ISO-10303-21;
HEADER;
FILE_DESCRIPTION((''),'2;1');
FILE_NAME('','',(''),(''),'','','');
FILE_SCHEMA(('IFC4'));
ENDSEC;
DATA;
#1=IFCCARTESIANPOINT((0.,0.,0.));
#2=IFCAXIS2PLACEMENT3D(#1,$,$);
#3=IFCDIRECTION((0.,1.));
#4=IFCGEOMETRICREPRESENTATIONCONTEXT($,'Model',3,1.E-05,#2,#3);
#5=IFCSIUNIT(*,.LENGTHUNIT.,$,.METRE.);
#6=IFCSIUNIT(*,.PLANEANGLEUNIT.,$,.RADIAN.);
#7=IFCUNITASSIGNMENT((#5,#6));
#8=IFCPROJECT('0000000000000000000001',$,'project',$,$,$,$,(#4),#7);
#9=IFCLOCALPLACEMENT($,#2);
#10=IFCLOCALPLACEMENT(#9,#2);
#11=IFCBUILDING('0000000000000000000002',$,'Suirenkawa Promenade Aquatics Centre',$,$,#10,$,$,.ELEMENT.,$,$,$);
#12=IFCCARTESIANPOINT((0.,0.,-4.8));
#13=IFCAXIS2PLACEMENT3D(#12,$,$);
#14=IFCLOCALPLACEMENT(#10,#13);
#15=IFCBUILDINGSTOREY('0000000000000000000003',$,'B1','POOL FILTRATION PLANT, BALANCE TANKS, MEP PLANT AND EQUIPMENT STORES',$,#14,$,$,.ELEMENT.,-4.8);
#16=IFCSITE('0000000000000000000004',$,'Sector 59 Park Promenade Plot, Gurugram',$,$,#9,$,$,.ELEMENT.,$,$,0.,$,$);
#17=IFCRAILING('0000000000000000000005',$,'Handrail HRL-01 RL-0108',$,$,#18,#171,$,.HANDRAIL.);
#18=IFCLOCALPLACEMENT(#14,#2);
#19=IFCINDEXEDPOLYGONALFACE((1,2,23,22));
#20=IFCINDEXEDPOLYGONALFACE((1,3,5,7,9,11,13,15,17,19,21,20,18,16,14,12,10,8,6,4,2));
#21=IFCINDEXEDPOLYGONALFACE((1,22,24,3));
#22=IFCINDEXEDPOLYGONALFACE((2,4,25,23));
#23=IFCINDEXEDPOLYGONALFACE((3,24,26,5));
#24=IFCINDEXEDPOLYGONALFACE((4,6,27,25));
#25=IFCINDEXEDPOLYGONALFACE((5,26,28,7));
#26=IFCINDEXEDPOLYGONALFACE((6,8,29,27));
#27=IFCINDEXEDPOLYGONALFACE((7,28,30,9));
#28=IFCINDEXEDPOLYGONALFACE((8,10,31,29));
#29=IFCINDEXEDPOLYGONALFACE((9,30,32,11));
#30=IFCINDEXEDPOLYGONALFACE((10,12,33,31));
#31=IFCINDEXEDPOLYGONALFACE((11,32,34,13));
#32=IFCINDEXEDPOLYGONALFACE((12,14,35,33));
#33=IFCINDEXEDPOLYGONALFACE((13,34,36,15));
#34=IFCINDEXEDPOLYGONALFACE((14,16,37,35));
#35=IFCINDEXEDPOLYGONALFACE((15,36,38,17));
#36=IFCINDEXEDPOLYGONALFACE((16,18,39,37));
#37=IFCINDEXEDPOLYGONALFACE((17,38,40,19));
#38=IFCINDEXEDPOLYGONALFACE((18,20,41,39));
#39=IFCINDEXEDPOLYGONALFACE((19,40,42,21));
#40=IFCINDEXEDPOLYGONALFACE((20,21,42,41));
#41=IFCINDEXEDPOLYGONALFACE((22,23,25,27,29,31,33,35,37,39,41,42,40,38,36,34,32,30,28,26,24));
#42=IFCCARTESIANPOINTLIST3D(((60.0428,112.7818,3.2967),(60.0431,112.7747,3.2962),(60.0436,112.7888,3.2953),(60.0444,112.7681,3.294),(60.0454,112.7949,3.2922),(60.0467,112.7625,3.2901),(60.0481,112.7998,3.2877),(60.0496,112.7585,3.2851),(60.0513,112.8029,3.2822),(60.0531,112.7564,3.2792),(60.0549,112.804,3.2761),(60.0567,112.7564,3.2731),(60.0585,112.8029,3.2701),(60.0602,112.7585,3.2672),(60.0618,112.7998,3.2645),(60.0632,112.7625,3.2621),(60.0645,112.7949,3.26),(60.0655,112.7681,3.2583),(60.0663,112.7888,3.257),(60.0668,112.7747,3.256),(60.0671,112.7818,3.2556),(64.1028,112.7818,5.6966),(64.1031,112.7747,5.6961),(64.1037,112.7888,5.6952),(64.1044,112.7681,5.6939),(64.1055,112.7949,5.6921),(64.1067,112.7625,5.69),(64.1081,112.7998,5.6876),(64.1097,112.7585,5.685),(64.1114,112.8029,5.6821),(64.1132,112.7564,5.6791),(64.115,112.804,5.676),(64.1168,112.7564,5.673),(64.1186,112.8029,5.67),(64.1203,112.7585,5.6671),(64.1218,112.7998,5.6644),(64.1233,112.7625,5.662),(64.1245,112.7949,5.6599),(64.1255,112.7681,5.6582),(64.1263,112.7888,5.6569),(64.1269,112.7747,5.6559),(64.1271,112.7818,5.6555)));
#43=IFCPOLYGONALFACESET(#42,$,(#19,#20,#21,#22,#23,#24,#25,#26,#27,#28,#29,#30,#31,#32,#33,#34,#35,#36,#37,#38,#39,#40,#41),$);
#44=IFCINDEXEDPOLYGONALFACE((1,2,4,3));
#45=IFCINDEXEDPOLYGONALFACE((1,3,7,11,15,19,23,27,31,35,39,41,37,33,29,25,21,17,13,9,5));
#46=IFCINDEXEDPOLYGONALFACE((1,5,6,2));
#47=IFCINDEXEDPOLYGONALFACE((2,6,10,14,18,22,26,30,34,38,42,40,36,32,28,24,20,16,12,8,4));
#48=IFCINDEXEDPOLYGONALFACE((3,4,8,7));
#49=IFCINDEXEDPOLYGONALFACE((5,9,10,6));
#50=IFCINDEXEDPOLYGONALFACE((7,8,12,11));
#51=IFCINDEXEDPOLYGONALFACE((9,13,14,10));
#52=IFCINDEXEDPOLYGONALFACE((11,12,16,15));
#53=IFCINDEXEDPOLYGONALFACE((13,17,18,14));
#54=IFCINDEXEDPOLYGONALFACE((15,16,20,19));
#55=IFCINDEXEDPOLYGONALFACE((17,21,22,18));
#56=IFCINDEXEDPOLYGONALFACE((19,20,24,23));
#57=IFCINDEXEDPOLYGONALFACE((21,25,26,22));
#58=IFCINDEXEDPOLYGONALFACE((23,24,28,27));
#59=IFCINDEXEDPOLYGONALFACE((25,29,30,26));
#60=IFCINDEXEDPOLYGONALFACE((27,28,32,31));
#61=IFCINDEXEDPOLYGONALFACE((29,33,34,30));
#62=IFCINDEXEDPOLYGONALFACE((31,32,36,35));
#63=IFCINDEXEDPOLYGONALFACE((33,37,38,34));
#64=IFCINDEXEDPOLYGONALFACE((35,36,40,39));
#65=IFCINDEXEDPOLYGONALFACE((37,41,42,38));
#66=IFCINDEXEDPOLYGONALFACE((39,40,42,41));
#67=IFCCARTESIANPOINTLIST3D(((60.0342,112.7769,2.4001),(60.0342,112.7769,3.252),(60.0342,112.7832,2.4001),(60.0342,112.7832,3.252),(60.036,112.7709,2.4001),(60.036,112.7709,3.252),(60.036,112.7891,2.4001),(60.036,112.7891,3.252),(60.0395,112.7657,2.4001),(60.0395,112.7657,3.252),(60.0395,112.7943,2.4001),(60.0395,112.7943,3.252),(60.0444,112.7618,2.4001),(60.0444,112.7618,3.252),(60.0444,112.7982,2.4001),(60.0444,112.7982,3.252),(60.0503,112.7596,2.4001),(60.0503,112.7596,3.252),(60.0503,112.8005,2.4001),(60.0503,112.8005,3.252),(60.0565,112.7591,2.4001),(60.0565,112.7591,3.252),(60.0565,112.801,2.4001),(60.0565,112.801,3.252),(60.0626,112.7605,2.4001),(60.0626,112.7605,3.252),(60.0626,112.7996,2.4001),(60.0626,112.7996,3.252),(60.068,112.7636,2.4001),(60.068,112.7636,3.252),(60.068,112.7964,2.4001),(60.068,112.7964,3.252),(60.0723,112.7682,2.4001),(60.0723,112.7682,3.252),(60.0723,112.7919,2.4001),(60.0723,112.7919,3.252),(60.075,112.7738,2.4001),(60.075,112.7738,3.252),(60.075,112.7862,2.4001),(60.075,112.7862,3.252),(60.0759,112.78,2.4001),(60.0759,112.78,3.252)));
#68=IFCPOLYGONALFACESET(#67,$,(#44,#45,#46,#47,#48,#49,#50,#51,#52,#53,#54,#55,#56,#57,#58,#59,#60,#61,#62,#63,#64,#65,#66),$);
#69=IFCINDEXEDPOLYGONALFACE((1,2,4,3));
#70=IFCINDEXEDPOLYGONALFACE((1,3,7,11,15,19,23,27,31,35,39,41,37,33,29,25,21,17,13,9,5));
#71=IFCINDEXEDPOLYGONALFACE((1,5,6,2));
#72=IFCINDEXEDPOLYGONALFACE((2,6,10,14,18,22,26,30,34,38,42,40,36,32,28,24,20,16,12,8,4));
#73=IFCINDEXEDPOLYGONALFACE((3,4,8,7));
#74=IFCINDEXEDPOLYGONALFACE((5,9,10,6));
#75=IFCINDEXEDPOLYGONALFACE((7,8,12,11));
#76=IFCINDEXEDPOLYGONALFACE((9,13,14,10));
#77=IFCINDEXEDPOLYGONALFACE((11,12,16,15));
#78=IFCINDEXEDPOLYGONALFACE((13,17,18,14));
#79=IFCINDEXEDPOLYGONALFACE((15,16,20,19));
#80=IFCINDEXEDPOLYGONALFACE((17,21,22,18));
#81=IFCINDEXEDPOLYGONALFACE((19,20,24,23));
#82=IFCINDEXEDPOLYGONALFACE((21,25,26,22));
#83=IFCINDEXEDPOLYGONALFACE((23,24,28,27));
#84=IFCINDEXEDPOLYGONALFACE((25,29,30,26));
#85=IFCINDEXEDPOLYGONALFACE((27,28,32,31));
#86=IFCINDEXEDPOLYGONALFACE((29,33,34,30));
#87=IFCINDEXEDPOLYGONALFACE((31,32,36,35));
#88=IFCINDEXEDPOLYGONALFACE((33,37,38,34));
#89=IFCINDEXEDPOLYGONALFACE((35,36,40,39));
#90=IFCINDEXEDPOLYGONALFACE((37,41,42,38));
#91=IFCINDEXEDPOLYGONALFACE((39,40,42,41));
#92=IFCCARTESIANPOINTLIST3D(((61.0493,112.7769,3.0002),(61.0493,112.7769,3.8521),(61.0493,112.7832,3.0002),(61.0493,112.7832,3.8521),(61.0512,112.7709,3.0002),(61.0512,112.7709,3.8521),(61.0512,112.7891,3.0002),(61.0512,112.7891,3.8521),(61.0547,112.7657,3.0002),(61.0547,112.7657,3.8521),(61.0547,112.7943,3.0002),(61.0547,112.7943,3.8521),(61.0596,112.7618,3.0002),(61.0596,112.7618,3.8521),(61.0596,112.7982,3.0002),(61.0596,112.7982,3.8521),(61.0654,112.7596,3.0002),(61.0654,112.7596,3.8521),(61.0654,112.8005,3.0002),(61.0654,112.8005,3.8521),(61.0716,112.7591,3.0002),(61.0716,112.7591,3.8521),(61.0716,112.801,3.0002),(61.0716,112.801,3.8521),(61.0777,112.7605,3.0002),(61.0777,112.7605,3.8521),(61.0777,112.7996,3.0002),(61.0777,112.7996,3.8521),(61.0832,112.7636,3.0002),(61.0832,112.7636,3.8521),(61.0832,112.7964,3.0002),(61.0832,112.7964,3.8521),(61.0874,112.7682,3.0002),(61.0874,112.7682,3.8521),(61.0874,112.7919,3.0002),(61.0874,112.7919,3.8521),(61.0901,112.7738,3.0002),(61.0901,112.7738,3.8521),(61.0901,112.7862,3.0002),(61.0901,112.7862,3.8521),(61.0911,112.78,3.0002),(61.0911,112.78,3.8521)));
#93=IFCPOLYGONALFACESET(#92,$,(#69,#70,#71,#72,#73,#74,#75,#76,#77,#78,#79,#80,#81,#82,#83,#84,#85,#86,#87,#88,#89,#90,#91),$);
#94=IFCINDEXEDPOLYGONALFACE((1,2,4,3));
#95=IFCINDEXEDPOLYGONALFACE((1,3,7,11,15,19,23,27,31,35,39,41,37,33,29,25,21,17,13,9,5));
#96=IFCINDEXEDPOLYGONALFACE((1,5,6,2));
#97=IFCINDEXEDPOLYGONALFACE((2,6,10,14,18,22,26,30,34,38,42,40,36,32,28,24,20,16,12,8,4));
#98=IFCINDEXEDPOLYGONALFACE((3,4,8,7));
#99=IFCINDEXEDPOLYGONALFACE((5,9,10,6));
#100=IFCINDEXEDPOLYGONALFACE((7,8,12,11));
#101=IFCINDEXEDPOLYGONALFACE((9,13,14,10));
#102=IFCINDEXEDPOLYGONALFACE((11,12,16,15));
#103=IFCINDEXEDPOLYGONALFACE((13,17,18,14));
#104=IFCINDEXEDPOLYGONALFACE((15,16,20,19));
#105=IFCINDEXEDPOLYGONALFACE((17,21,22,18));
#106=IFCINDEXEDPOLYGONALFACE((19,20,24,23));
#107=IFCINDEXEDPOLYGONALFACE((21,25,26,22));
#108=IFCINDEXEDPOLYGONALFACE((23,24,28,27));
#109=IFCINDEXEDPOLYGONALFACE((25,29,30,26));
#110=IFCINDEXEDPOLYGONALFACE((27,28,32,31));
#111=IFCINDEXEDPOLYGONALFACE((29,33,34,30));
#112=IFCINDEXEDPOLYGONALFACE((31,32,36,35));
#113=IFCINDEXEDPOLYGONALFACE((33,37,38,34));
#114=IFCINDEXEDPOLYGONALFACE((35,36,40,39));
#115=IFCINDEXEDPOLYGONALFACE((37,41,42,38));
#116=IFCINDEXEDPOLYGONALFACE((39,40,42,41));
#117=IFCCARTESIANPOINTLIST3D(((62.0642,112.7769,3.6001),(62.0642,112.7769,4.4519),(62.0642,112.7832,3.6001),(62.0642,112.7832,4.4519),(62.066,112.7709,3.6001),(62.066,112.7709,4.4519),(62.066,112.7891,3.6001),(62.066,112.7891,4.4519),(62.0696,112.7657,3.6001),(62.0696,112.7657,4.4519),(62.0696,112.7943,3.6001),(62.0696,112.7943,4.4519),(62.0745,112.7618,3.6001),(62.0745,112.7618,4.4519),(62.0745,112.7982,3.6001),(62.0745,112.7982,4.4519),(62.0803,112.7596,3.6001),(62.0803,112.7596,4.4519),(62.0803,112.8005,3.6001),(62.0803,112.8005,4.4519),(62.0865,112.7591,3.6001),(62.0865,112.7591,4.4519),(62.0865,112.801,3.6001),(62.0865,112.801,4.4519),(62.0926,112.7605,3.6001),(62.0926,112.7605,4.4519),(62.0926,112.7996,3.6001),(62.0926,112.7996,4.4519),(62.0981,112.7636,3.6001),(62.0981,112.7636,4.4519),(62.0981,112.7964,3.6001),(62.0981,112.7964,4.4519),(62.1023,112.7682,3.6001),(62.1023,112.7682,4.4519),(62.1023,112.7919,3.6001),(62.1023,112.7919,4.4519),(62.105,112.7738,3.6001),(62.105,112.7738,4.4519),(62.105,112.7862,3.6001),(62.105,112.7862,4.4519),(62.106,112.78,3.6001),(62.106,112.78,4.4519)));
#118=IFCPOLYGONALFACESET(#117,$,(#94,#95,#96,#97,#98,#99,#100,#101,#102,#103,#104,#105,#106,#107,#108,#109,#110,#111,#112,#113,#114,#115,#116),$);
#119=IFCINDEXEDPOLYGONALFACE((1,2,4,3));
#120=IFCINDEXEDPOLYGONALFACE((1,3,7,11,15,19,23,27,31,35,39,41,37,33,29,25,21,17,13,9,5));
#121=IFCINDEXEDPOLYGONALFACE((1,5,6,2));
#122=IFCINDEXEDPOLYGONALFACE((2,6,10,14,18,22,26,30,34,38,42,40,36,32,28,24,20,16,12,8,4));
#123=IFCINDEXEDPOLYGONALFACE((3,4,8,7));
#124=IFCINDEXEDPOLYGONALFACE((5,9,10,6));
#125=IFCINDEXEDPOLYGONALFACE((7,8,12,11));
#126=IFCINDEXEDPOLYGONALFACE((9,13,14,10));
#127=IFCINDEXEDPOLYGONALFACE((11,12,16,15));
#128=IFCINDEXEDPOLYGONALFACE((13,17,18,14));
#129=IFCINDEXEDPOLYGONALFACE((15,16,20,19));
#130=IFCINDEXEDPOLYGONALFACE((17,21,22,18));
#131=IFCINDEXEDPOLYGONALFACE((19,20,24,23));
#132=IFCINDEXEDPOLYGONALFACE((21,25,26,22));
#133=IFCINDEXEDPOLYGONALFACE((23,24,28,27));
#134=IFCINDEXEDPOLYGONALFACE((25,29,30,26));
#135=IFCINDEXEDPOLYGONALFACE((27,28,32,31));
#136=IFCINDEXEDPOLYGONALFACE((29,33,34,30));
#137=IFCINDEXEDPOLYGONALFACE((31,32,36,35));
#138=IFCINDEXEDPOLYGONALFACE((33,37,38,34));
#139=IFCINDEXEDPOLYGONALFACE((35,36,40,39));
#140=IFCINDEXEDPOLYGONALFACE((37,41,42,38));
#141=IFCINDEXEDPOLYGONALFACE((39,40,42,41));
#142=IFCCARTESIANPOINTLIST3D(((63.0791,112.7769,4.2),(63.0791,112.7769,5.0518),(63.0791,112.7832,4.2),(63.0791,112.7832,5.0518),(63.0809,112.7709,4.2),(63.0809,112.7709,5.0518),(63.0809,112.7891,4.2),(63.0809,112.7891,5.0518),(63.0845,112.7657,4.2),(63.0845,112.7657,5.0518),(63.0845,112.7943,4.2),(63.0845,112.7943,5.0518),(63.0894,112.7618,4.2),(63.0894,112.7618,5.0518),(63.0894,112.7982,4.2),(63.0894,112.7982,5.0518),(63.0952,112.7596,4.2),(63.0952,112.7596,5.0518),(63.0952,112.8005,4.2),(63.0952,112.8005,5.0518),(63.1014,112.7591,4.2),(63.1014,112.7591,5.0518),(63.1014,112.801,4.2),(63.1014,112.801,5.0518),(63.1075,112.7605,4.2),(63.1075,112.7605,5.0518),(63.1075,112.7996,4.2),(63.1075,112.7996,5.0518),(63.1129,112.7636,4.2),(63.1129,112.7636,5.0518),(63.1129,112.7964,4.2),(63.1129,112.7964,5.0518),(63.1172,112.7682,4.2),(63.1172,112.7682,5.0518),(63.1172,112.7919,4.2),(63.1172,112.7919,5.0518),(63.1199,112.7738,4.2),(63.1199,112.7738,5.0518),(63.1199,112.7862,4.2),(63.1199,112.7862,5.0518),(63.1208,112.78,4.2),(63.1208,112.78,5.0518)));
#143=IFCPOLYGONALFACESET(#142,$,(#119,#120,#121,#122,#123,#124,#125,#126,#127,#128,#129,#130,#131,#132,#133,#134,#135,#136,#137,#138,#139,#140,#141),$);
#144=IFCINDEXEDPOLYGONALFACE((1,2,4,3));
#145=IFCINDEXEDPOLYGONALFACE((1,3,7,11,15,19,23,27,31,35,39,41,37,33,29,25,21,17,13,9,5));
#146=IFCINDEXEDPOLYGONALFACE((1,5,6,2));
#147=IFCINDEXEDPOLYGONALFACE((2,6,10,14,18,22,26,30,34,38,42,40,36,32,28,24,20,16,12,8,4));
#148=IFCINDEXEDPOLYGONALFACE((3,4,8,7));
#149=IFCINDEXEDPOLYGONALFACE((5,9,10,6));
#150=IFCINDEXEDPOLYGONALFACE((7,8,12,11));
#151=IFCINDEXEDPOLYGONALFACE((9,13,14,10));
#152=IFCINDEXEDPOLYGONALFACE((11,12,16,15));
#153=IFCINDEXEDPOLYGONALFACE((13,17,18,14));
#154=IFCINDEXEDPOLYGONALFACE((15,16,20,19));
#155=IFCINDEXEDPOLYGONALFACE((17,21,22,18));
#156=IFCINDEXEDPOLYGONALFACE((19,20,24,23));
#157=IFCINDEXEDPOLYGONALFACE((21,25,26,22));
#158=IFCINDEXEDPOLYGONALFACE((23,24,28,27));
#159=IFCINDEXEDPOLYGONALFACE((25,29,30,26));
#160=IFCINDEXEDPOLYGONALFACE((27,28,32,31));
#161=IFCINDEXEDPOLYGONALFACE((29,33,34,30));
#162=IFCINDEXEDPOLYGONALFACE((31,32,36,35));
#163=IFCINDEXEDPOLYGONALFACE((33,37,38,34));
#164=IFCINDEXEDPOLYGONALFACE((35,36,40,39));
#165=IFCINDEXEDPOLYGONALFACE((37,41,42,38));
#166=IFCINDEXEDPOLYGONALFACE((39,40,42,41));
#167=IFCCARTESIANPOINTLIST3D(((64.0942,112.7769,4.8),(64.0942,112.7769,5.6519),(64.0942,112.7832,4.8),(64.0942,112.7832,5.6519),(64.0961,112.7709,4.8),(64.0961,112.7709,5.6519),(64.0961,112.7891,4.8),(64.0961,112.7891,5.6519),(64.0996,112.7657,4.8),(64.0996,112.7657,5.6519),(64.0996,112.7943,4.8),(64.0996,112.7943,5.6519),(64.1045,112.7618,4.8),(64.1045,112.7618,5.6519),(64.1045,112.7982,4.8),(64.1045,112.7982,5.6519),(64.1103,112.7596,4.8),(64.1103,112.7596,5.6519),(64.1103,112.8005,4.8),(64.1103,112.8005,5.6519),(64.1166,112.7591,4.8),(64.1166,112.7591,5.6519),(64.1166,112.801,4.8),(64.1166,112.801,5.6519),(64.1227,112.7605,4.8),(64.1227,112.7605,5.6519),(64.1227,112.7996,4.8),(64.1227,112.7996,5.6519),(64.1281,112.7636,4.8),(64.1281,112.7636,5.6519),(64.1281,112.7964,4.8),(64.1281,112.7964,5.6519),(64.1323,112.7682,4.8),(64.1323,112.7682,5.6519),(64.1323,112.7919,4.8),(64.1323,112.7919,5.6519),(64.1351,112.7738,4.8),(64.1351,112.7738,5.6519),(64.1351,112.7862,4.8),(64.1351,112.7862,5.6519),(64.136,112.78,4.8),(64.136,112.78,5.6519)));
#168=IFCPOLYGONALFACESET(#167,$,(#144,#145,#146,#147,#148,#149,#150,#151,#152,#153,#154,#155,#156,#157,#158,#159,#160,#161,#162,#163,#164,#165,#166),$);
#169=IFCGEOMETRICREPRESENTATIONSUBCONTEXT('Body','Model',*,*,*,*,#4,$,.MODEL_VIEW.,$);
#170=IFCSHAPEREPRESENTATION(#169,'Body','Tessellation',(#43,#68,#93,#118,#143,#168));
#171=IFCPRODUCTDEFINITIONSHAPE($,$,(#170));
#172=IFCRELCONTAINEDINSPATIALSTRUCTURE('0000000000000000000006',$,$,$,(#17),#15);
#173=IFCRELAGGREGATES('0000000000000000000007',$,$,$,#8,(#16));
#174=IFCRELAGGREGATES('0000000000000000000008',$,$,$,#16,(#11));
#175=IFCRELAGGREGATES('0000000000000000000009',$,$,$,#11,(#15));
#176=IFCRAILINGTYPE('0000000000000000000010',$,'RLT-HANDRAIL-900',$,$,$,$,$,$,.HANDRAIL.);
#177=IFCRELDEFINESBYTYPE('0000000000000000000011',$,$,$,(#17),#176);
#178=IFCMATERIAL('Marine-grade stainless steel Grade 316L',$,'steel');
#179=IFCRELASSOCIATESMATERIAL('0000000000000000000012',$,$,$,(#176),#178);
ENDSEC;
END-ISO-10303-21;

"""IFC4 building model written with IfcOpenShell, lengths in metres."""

from ifc_helpers import new_model, si_unit, direction, frame, origin, origin_2d, place, context, subcontext, project, spatial, circle, extrude, material, type_object, element, save


model = new_model("IFC4")

# Units and contexts
model_context = context("Model", 3, precision=1e-05, world=origin(), true_north=direction((0.0, 1.0)))
body_context = subcontext(model_context, "Body", "Model", "MODEL_VIEW")
ifc_project = project(units=[si_unit("LENGTHUNIT", "METRE"), si_unit("PLANEANGLEUNIT", "RADIAN")], contexts=[model_context])

# Site, building, storey
site_placement = place(None, origin())
site = spatial("IfcSite", under=ifc_project, at=site_placement, Name="Sector 59 Park Promenade Plot, Gurugram", CompositionType="ELEMENT", RefElevation=0.0)
building_placement = place(site_placement, origin())
building = spatial("IfcBuilding", under=site, at=building_placement, Name="Suirenkawa Promenade Aquatics Centre", CompositionType="ELEMENT")
storey_placement = place(building_placement, frame((0.0, 0.0, -4.8)))
storey = spatial("IfcBuildingStorey", under=building, at=storey_placement, Name="B1", Description="POOL FILTRATION PLANT, BALANCE TANKS, MEP PLANT AND EQUIPMENT STORES", CompositionType="ELEMENT", Elevation=-4.8)

# Railing
ifc_material_1 = material(Name="Marine-grade stainless steel Grade 316L", Category="steel")
railing_type_1 = type_object("IfcRailingType", Name="RLT-HANDRAIL-900", PredefinedType="HANDRAIL", material=ifc_material_1)
railing_1_placement = place(storey_placement, frame((60.0549, 112.78, 2.4001)))
element("IfcRailing", 1, at=railing_1_placement, inside=storey, type_object=railing_type_1, Name="Handrail HRL-01 RL-0108", PredefinedType="HANDRAIL", context=body_context, shape_type="SweptSolid", body=[
    extrude(circle(Radius=0.0239, at=origin_2d()), frame((0.0, 0.0, 0.876), z_axis=(0.860854, 0.0, 0.508851), x_axis=(0.0, 1.0, 0.0)), (0.0, 0.0, 1.0), 4.7163),
    extrude(circle(Radius=0.021, at=origin_2d()), origin(), (0.0, 0.0, 1.0), 0.8518),
    extrude(circle(Radius=0.021, at=origin_2d()), frame((1.0151, 0.0, 0.6001)), (0.0, 0.0, 1.0), 0.8518),
    extrude(circle(Radius=0.021, at=origin_2d()), frame((2.03, 0.0, 1.2)), (0.0, 0.0, 1.0), 0.8518),
    extrude(circle(Radius=0.021, at=origin_2d()), frame((3.0449, 0.0, 1.7998)), (0.0, 0.0, 1.0), 0.8518),
    extrude(circle(Radius=0.021, at=origin_2d()), frame((4.0601, 0.0, 2.3999)), (0.0, 0.0, 1.0), 0.8518),
])

save(model, "model.ifc")
